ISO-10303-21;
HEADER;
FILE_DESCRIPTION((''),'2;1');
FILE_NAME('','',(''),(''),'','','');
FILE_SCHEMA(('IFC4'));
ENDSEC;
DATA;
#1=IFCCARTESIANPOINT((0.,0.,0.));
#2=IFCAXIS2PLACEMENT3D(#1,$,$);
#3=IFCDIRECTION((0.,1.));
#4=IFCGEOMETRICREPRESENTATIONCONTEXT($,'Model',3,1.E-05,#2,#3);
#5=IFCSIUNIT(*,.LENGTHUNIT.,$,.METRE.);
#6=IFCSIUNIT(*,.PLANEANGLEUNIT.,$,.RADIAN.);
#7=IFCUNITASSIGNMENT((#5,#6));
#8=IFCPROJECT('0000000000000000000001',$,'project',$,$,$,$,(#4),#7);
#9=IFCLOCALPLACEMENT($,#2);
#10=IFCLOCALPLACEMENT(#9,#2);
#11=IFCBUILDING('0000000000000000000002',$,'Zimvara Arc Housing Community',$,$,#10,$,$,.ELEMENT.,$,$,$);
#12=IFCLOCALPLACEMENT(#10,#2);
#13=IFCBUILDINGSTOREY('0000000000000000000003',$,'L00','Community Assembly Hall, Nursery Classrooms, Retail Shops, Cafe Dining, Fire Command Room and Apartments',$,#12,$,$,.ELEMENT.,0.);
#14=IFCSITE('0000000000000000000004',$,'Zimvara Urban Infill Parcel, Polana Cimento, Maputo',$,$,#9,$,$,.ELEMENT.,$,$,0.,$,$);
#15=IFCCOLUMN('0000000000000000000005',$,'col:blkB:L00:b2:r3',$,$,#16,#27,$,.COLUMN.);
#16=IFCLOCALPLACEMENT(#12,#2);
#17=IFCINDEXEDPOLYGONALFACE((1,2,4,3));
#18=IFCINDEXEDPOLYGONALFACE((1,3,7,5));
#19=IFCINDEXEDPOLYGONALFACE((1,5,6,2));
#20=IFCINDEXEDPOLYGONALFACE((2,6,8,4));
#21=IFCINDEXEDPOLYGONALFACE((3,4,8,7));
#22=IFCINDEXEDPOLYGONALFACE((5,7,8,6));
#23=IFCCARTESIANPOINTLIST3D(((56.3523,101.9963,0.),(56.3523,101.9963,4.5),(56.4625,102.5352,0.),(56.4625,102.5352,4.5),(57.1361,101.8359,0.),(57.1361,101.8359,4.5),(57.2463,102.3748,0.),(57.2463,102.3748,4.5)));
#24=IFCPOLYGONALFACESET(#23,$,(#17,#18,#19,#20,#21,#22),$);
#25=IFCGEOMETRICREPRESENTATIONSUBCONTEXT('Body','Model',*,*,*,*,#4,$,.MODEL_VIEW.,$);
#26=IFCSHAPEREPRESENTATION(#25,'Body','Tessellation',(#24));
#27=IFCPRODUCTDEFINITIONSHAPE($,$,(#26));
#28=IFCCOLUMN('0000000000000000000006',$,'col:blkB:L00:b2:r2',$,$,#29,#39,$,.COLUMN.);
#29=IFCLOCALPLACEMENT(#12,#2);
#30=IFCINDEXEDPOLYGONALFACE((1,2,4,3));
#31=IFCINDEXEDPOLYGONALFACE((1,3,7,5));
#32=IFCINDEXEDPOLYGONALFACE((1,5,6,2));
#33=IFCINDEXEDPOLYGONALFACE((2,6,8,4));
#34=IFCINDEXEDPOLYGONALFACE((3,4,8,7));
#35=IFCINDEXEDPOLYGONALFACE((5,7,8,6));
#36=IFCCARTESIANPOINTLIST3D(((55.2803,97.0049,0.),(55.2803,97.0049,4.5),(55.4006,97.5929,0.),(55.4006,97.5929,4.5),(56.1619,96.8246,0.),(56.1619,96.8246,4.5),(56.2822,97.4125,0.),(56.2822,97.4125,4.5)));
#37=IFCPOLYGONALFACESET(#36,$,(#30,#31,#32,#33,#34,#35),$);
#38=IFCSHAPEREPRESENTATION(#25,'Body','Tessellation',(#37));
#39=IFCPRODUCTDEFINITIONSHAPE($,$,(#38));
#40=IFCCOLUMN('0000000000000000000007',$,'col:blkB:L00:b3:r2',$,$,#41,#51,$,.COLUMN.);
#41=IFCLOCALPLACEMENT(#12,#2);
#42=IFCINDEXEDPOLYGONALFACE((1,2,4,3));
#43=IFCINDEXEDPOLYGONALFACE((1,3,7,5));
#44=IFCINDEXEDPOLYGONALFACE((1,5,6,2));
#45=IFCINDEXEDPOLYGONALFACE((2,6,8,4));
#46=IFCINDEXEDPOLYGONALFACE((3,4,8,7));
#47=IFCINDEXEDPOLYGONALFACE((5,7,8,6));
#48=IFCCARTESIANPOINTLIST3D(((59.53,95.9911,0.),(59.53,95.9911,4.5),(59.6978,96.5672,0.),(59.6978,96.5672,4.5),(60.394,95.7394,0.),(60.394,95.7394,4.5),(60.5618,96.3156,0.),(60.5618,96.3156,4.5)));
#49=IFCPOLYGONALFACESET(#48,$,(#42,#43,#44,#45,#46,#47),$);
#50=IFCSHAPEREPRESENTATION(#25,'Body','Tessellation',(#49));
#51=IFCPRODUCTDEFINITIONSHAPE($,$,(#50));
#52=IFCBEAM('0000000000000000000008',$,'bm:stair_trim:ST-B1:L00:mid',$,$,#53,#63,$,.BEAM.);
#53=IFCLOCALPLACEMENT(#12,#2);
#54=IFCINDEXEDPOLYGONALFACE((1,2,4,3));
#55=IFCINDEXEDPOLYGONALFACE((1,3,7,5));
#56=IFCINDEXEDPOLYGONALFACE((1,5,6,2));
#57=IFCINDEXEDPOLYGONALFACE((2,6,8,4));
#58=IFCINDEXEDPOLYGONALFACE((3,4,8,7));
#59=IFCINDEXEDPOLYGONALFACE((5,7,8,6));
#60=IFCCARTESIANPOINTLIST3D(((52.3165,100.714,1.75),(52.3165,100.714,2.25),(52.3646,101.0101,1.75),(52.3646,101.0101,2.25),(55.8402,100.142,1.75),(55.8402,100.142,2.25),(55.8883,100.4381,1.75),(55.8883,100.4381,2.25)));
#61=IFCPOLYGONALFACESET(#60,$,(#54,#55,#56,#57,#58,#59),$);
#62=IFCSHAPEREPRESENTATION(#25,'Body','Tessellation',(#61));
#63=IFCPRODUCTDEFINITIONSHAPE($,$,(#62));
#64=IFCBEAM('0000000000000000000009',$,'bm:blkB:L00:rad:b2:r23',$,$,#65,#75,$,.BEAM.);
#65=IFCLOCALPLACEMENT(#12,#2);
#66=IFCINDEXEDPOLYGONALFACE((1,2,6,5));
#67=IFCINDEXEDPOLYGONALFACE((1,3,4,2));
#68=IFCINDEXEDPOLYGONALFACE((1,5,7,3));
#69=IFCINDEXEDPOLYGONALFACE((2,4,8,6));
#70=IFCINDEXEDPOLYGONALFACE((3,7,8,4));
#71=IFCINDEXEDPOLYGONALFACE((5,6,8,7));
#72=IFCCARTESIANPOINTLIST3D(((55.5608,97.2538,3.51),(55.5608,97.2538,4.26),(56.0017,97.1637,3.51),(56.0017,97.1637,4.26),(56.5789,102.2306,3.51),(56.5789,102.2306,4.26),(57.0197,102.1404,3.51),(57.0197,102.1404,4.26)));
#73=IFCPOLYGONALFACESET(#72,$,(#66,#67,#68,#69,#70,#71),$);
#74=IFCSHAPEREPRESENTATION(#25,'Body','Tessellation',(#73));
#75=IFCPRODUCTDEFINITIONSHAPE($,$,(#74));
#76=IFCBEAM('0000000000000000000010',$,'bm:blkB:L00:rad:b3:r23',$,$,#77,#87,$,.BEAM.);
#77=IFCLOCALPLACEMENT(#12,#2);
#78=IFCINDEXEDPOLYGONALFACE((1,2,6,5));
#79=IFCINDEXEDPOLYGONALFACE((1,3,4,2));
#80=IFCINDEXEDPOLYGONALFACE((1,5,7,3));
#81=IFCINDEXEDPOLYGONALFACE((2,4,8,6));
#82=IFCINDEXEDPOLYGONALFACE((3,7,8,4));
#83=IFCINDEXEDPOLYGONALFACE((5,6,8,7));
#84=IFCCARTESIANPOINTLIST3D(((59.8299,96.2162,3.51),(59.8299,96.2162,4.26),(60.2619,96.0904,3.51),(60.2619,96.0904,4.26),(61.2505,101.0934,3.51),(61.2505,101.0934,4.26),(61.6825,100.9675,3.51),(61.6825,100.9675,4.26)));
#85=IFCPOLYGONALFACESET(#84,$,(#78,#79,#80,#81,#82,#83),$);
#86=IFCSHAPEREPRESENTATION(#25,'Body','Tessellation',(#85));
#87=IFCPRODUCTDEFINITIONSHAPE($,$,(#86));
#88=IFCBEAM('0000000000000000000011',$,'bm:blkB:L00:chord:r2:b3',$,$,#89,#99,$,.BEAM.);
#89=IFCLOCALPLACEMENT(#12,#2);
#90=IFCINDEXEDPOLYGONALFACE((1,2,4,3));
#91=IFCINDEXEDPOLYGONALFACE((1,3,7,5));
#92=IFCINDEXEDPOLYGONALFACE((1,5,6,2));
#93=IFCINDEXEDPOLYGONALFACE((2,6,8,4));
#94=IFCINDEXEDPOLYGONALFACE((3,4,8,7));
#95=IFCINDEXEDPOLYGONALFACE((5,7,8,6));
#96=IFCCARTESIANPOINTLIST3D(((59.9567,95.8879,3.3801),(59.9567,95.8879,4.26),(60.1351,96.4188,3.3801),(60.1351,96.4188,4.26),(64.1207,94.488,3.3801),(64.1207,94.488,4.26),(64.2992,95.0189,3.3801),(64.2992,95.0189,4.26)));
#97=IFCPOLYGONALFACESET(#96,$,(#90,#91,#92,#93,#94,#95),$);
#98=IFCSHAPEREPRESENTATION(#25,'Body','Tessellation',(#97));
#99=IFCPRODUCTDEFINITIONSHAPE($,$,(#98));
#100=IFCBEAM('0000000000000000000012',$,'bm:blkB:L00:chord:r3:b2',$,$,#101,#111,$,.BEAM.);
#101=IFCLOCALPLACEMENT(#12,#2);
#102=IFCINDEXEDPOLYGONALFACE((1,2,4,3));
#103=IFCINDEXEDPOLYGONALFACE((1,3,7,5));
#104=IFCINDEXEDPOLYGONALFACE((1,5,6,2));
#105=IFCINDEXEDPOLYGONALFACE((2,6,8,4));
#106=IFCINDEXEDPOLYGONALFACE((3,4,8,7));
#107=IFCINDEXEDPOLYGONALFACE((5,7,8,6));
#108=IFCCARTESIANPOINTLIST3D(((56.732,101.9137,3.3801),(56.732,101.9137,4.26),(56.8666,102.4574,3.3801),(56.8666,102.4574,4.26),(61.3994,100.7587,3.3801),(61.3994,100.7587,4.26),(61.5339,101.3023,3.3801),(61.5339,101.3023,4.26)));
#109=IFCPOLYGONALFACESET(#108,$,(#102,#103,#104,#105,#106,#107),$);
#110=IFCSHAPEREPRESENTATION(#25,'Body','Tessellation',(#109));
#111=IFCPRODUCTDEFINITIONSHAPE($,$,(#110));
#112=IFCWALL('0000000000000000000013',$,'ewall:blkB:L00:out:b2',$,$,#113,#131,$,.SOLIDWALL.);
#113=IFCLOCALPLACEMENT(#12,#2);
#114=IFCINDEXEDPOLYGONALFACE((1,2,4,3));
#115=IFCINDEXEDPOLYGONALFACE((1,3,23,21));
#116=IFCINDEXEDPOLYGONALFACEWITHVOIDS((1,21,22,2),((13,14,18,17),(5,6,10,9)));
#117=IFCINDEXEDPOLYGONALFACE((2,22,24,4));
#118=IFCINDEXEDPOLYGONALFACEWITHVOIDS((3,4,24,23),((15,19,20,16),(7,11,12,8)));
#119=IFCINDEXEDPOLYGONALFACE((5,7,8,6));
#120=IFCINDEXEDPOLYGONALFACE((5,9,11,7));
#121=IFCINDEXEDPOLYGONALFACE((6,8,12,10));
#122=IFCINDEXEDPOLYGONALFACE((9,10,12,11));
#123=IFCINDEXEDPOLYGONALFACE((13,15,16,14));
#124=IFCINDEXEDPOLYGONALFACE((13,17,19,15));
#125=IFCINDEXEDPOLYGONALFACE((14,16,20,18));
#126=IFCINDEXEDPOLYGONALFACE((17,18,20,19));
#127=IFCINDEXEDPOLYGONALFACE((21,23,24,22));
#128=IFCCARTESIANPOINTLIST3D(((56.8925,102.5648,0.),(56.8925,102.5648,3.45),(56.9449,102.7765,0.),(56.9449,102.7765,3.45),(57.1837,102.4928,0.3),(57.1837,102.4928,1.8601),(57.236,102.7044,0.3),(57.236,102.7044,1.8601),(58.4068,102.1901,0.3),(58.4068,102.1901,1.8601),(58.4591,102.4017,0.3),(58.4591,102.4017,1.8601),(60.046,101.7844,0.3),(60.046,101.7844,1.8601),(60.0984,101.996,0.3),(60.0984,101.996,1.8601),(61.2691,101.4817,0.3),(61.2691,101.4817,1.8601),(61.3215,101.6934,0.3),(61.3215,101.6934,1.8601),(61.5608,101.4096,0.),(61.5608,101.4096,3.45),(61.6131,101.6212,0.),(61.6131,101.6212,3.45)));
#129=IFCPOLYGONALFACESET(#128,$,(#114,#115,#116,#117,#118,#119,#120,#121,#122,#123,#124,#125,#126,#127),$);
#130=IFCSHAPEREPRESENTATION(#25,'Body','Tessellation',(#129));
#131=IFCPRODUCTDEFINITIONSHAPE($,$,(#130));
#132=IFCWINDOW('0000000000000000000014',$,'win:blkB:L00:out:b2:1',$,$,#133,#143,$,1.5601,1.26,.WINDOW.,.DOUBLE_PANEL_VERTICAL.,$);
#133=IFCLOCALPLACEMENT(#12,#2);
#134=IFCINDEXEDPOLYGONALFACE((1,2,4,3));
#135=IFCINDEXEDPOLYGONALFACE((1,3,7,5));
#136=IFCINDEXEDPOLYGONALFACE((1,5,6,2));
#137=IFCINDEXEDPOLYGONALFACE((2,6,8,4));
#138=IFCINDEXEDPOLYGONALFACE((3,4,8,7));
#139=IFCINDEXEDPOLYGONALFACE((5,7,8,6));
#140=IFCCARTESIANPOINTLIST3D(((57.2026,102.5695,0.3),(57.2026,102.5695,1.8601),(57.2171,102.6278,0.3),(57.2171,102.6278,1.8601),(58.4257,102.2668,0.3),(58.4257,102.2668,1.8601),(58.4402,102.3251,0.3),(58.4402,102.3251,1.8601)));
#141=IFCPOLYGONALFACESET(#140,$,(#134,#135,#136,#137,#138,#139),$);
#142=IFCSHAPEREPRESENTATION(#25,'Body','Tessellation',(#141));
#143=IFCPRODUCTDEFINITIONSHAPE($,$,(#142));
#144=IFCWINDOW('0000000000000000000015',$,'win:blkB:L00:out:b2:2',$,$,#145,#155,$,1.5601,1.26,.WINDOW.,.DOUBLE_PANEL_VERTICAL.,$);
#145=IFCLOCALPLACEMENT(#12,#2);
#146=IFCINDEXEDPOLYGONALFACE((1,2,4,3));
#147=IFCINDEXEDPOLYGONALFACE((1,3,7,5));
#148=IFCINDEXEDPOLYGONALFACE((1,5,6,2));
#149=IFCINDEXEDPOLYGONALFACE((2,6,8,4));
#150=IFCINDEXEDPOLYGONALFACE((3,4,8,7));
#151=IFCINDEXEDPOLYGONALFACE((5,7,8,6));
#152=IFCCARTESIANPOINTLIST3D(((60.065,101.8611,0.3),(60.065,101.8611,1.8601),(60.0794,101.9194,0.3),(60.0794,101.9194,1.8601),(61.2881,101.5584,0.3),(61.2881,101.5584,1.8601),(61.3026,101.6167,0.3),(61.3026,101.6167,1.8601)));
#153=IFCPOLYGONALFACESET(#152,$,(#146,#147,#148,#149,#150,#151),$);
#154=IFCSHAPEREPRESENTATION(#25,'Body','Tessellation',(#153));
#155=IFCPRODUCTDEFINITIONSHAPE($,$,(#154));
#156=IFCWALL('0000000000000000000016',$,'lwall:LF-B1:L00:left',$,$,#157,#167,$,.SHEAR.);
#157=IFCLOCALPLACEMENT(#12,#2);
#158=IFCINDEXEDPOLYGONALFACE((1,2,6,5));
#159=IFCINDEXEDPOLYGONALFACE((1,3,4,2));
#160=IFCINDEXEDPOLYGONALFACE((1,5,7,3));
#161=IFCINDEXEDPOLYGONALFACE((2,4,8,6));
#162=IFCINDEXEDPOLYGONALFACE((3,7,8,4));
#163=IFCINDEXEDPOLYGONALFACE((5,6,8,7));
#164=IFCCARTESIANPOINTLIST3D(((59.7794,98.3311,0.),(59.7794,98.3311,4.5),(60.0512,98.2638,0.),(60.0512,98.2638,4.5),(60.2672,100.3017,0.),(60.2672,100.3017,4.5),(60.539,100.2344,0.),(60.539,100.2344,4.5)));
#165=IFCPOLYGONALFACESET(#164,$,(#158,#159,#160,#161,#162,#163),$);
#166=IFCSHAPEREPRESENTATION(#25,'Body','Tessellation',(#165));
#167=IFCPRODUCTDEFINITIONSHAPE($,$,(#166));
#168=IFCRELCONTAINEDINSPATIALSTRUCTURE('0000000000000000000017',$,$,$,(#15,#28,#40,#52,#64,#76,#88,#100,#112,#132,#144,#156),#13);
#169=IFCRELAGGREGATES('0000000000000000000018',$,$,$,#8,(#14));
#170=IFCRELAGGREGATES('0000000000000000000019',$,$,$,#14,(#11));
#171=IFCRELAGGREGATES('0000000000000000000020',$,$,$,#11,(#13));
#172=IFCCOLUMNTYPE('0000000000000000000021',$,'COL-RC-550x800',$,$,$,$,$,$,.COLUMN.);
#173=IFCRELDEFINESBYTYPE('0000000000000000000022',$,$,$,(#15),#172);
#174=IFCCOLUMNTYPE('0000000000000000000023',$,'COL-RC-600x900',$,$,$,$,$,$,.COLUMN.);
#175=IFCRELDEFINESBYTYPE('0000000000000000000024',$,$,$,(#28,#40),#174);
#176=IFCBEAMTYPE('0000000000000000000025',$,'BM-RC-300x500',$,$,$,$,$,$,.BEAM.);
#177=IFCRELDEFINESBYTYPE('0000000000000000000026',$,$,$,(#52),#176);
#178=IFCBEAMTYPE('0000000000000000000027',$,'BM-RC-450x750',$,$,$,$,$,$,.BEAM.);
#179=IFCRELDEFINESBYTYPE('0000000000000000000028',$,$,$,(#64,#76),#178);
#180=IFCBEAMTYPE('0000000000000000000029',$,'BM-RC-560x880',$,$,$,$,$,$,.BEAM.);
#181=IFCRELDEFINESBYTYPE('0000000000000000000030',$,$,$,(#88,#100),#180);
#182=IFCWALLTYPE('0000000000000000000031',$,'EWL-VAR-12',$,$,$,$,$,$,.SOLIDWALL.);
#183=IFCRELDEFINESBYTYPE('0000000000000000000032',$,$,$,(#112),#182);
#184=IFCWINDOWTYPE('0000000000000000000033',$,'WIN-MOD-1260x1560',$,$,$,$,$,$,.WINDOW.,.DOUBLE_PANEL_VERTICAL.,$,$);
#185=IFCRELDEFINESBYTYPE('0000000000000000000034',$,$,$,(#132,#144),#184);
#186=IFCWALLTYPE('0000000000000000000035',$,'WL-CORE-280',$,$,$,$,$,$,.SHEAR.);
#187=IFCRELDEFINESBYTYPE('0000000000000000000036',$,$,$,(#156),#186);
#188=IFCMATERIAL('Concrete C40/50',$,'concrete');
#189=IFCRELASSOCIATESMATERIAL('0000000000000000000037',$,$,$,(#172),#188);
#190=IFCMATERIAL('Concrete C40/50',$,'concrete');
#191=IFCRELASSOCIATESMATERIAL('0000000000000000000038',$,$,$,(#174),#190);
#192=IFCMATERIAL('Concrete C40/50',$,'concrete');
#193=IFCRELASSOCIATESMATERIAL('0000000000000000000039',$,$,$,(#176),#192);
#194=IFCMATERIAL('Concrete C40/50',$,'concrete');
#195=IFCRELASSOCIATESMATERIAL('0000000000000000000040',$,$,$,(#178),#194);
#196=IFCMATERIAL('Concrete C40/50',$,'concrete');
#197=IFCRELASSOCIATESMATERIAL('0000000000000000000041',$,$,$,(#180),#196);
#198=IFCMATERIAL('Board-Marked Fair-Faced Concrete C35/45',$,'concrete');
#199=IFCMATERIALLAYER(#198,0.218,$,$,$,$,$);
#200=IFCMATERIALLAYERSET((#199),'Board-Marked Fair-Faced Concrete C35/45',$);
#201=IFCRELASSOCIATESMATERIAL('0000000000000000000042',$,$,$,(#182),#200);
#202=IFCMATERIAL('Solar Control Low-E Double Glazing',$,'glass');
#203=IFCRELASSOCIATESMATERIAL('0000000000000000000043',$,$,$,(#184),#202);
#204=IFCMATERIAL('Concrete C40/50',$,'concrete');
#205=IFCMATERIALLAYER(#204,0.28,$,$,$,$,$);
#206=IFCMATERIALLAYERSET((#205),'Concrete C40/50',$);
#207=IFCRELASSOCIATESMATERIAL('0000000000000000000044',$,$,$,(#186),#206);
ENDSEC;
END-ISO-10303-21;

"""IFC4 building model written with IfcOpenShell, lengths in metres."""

from ifc_helpers import new_model, si_unit, direction, frame, frame_2d, origin, origin_2d, place, context, subcontext, project, spatial, rectangle, extrude, material, layer, layer_set, material_profile, profile_set, type_object, element, fill, save


model = new_model("IFC4")

# Units and contexts
model_context = context("Model", 3, precision=1e-05, world=origin(), true_north=direction((0.0, 1.0)))
body_context = subcontext(model_context, "Body", "Model", "MODEL_VIEW")
ifc_project = project(units=[si_unit("LENGTHUNIT", "METRE"), si_unit("PLANEANGLEUNIT", "RADIAN")], contexts=[model_context])

# Site, building, storey
site_placement = place(None, origin())
site = spatial("IfcSite", under=ifc_project, at=site_placement, Name="Zimvara Urban Infill Parcel, Polana Cimento, Maputo", CompositionType="ELEMENT", RefElevation=0.0)
building_placement = place(site_placement, origin())
building = spatial("IfcBuilding", under=site, at=building_placement, Name="Zimvara Arc Housing Community", CompositionType="ELEMENT")
storey_placement = place(building_placement, origin())
storey = spatial("IfcBuildingStorey", under=building, at=storey_placement, Name="L00", Description="Community Assembly Hall, Nursery Classrooms, Retail Shops, Cafe Dining, Fire Command Room and Apartments", CompositionType="ELEMENT", Elevation=0.0)

# Columns
ifc_material_1 = material(Name="Concrete C40/50", Category="concrete")
ifc_material_profile_1 = material_profile(ifc_material_1, rectangle(XDim=0.55, YDim=0.8, at=origin_2d()), Name="RC 550x800")
ifc_profile_set_1 = profile_set([ifc_material_profile_1], Name="Concrete C40/50")
column_type_1 = type_object("IfcColumnType", Name="COL-RC-550x800", PredefinedType="COLUMN", material=ifc_profile_set_1)
column_placement = place(storey_placement, frame((56.7993, 102.1855, 0.0), z_axis=(0.0, 0.0, 1.0), x_axis=(0.200394, 0.979715, 0.0)))
element("IfcColumn", 1, at=column_placement, inside=storey, type_object=column_type_1, Name="col:blkB:L00:b2:r3", PredefinedType="COLUMN", context=body_context, shape_type="SweptSolid", body=[
    extrude(rectangle(XDim=0.55, YDim=0.8, at=origin_2d()), origin(), (0.0, 0.0, 1.0), 4.5),
])
ifc_material_2 = material(Name="Concrete C40/50", Category="concrete")
ifc_material_profile_2 = material_profile(ifc_material_2, rectangle(XDim=0.6001, YDim=0.8999, at=origin_2d()), Name="RC 600x900")
ifc_profile_set_2 = profile_set([ifc_material_profile_2], Name="Concrete C40/50")
column_type_2 = type_object("IfcColumnType", Name="COL-RC-600x900", PredefinedType="COLUMN", material=ifc_profile_set_2)
for number, where, z_axis, x_axis, name in (
    (2, (55.7812, 97.2087, 0.0), (0.0, 0.0, 1.0), (0.200394, 0.979715, 0.0), "col:blkB:L00:b2:r2"),
    (3, (60.0459, 96.1533, 0.0), (0.0, 0.0, 1.0), (0.279661, 0.960099, 0.0), "col:blkB:L00:b3:r2"),
):
    element("IfcColumn", number, at=place(storey_placement, frame(where, z_axis=z_axis, x_axis=x_axis)), inside=storey, type_object=column_type_2, Name=name, PredefinedType="COLUMN", context=body_context, shape_type="SweptSolid", body=[
        extrude(rectangle(XDim=0.6001, YDim=0.8999, at=origin_2d()), origin(), (0.0, 0.0, 1.0), 4.5),
    ])

# Beams
ifc_material_3 = material(Name="Concrete C40/50", Category="concrete")
ifc_material_profile_3 = material_profile(ifc_material_3, rectangle(XDim=0.3, YDim=0.5, at=origin_2d()), Name="RC 300x500")
ifc_profile_set_3 = profile_set([ifc_material_profile_3], Name="Concrete C40/50")
beam_type_1 = type_object("IfcBeamType", Name="BM-RC-300x500", PredefinedType="BEAM", material=ifc_profile_set_3)
beam_1_placement = place(storey_placement, frame((55.8643, 100.29, 2.0), z_axis=(-0.987078, 0.160239, 0.0), x_axis=(-0.160239, -0.987078, 0.0)))
element("IfcBeam", 4, at=beam_1_placement, inside=storey, type_object=beam_type_1, Name="bm:stair_trim:ST-B1:L00:mid", PredefinedType="BEAM", context=body_context, shape_type="SweptSolid", body=[
    extrude(rectangle(XDim=0.3, YDim=0.5, at=origin_2d()), origin(), (0.0, 0.0, 1.0), 3.5698),
])
ifc_material_4 = material(Name="Concrete C40/50", Category="concrete")
ifc_material_profile_4 = material_profile(ifc_material_4, rectangle(XDim=0.45, YDim=0.75, at=origin_2d()), Name="RC 450x750")
ifc_profile_set_4 = profile_set([ifc_material_profile_4], Name="Concrete C40/50")
beam_type_2 = type_object("IfcBeamType", Name="BM-RC-450x750", PredefinedType="BEAM", material=ifc_profile_set_4)
for number, where, z_axis, x_axis, name in (
    (5, (55.7812, 97.2087, 3.885), (0.200412, 0.979712, 0.0), (-0.979712, 0.200412, 0.0), "bm:blkB:L00:rad:b2:r23"),
    (6, (60.0459, 96.1533, 3.885), (0.279662, 0.960098, 0.0), (-0.960098, 0.279662, 0.0), "bm:blkB:L00:rad:b3:r23"),
):
    element("IfcBeam", number, at=place(storey_placement, frame(where, z_axis=z_axis, x_axis=x_axis)), inside=storey, type_object=beam_type_2, Name=name, PredefinedType="BEAM", context=body_context, shape_type="SweptSolid", body=[
        extrude(rectangle(XDim=0.45, YDim=0.75, at=origin_2d()), origin(), (0.0, 0.0, 1.0), 5.0798),
    ])
ifc_material_5 = material(Name="Concrete C40/50", Category="concrete")
ifc_material_profile_5 = material_profile(ifc_material_5, rectangle(XDim=0.5601, YDim=0.8799, at=origin_2d()), Name="RC 560x880")
ifc_profile_set_5 = profile_set([ifc_material_profile_5], Name="Concrete C40/50")
beam_type_3 = type_object("IfcBeamType", Name="BM-RC-560x880", PredefinedType="BEAM", material=ifc_profile_set_5)
beam_2_placement = place(storey_placement, frame((60.0459, 96.1533, 3.8201), z_axis=(0.947869, -0.318661, 0.0), x_axis=(0.318661, 0.947869, 0.0)))
element("IfcBeam", 7, at=beam_2_placement, inside=storey, type_object=beam_type_3, Name="bm:blkB:L00:chord:r2:b3", PredefinedType="BEAM", context=body_context, shape_type="SweptSolid", body=[
    extrude(rectangle(XDim=0.5601, YDim=0.8799, at=origin_2d()), origin(), (0.0, 0.0, 1.0), 4.3931),
])
beam_3_placement = place(storey_placement, frame((56.7993, 102.1855, 3.8201), z_axis=(0.970716, -0.240229, 0.0), x_axis=(0.240229, 0.970716, 0.0)))
element("IfcBeam", 8, at=beam_3_placement, inside=storey, type_object=beam_type_3, Name="bm:blkB:L00:chord:r3:b2", PredefinedType="BEAM", context=body_context, shape_type="SweptSolid", body=[
    extrude(rectangle(XDim=0.5601, YDim=0.8799, at=origin_2d()), origin(), (0.0, 0.0, 1.0), 4.8081),
])

# Wall, openings, windows
ifc_material_6 = material(Name="Board-Marked Fair-Faced Concrete C35/45", Category="concrete")
ifc_layer_1 = layer(ifc_material_6, 0.218)
ifc_layer_set_1 = layer_set([ifc_layer_1], Name="Board-Marked Fair-Faced Concrete C35/45")
wall_type_1 = type_object("IfcWallType", Name="EWL-VAR-12", PredefinedType="SOLIDWALL", material=ifc_layer_set_1)
wall_1_placement = place(storey_placement, frame((56.9187, 102.6707, 0.0), z_axis=(0.0, 0.0, 1.0), x_axis=(0.970716, -0.24023, 0.0)))
wall_1 = element("IfcWall", 9, at=wall_1_placement, inside=storey, type_object=wall_type_1, Name="ewall:blkB:L00:out:b2", PredefinedType="SOLIDWALL", context=body_context, shape_type="SweptSolid", body=[
    extrude(rectangle(XDim=4.8091, YDim=0.218, at=frame_2d((2.4045, 0.0))), origin(), (0.0, 0.0, 1.0), 3.45),
])
opening_1_placement = place(wall_1_placement, frame((0.3, 0.0, 0.3)))
opening_1 = element("IfcOpeningElement", 10, at=opening_1_placement, cuts=wall_1, PredefinedType="OPENING", context=body_context, shape_type="SweptSolid", body=[
    extrude(rectangle(XDim=1.26, YDim=1.5601, at=frame_2d((0.6299, 0.78))), frame((0.0, 0.1189, 0.0), z_axis=(0.0, -1.0, 0.0), x_axis=(1.0, 0.0, 0.0)), (0.0, 0.0, 1.0), 0.238),
])
opening_2_placement = place(wall_1_placement, frame((3.2488, 0.0, 0.3)))
opening_2 = element("IfcOpeningElement", 11, at=opening_2_placement, cuts=wall_1, PredefinedType="OPENING", context=body_context, shape_type="SweptSolid", body=[
    extrude(rectangle(XDim=1.26, YDim=1.5601, at=frame_2d((0.6299, 0.78))), frame((0.0, 0.1189, 0.0), z_axis=(0.0, -1.0, 0.0), x_axis=(1.0, 0.0, 0.0)), (0.0, 0.0, 1.0), 0.238),
])
ifc_material_7 = material(Name="Solar Control Low-E Double Glazing", Category="glass")
window_type = type_object("IfcWindowType", Name="WIN-MOD-1260x1560", PartitioningType="DOUBLE_PANEL_VERTICAL", PredefinedType="WINDOW", material=ifc_material_7)
window_1_placement = place(opening_1_placement, origin())
window_1 = element("IfcWindow", 12, at=window_1_placement, inside=storey, type_object=window_type, Name="win:blkB:L00:out:b2:1", OverallHeight=1.5601, OverallWidth=1.26, PartitioningType="DOUBLE_PANEL_VERTICAL", PredefinedType="WINDOW", context=body_context, shape_type="SweptSolid", body=[
    extrude(rectangle(XDim=1.26, YDim=1.5601, at=frame_2d((0.6299, 0.78))), frame((0.0, 0.03, 0.0), z_axis=(0.0, -1.0, 0.0), x_axis=(1.0, 0.0, 0.0)), (0.0, 0.0, 1.0), 0.0601),
])
fill(opening_1, window_1)
window_2_placement = place(opening_2_placement, origin())
window_2 = element("IfcWindow", 13, at=window_2_placement, inside=storey, type_object=window_type, Name="win:blkB:L00:out:b2:2", OverallHeight=1.5601, OverallWidth=1.26, PartitioningType="DOUBLE_PANEL_VERTICAL", PredefinedType="WINDOW", context=body_context, shape_type="SweptSolid", body=[
    extrude(rectangle(XDim=1.26, YDim=1.5601, at=frame_2d((0.6299, 0.78))), frame((0.0, 0.03, 0.0), z_axis=(0.0, -1.0, 0.0), x_axis=(1.0, 0.0, 0.0)), (0.0, 0.0, 1.0), 0.0601),
])
fill(opening_2, window_2)

# Shared definitions
ifc_material_8 = material(Name="Concrete C40/50", Category="concrete")
ifc_layer_2 = layer(ifc_material_8, 0.28)
ifc_layer_set_2 = layer_set([ifc_layer_2], Name="Concrete C40/50")
wall_type_2 = type_object("IfcWallType", Name="WL-CORE-280", PredefinedType="SHEAR", material=ifc_layer_set_2)

# Wall
wall_2_placement = place(storey_placement, frame((59.9153, 98.2974, 0.0), z_axis=(0.0, 0.0, 1.0), x_axis=(0.240299, 0.970699, 0.0)))
element("IfcWall", 14, at=wall_2_placement, inside=storey, type_object=wall_type_2, Name="lwall:LF-B1:L00:left", PredefinedType="SHEAR", context=body_context, shape_type="SweptSolid", body=[
    extrude(rectangle(XDim=2.03, YDim=0.28, at=frame_2d((1.0151, 0.0))), origin(), (0.0, 0.0, 1.0), 4.5),
])

save(model, "model.ifc")
